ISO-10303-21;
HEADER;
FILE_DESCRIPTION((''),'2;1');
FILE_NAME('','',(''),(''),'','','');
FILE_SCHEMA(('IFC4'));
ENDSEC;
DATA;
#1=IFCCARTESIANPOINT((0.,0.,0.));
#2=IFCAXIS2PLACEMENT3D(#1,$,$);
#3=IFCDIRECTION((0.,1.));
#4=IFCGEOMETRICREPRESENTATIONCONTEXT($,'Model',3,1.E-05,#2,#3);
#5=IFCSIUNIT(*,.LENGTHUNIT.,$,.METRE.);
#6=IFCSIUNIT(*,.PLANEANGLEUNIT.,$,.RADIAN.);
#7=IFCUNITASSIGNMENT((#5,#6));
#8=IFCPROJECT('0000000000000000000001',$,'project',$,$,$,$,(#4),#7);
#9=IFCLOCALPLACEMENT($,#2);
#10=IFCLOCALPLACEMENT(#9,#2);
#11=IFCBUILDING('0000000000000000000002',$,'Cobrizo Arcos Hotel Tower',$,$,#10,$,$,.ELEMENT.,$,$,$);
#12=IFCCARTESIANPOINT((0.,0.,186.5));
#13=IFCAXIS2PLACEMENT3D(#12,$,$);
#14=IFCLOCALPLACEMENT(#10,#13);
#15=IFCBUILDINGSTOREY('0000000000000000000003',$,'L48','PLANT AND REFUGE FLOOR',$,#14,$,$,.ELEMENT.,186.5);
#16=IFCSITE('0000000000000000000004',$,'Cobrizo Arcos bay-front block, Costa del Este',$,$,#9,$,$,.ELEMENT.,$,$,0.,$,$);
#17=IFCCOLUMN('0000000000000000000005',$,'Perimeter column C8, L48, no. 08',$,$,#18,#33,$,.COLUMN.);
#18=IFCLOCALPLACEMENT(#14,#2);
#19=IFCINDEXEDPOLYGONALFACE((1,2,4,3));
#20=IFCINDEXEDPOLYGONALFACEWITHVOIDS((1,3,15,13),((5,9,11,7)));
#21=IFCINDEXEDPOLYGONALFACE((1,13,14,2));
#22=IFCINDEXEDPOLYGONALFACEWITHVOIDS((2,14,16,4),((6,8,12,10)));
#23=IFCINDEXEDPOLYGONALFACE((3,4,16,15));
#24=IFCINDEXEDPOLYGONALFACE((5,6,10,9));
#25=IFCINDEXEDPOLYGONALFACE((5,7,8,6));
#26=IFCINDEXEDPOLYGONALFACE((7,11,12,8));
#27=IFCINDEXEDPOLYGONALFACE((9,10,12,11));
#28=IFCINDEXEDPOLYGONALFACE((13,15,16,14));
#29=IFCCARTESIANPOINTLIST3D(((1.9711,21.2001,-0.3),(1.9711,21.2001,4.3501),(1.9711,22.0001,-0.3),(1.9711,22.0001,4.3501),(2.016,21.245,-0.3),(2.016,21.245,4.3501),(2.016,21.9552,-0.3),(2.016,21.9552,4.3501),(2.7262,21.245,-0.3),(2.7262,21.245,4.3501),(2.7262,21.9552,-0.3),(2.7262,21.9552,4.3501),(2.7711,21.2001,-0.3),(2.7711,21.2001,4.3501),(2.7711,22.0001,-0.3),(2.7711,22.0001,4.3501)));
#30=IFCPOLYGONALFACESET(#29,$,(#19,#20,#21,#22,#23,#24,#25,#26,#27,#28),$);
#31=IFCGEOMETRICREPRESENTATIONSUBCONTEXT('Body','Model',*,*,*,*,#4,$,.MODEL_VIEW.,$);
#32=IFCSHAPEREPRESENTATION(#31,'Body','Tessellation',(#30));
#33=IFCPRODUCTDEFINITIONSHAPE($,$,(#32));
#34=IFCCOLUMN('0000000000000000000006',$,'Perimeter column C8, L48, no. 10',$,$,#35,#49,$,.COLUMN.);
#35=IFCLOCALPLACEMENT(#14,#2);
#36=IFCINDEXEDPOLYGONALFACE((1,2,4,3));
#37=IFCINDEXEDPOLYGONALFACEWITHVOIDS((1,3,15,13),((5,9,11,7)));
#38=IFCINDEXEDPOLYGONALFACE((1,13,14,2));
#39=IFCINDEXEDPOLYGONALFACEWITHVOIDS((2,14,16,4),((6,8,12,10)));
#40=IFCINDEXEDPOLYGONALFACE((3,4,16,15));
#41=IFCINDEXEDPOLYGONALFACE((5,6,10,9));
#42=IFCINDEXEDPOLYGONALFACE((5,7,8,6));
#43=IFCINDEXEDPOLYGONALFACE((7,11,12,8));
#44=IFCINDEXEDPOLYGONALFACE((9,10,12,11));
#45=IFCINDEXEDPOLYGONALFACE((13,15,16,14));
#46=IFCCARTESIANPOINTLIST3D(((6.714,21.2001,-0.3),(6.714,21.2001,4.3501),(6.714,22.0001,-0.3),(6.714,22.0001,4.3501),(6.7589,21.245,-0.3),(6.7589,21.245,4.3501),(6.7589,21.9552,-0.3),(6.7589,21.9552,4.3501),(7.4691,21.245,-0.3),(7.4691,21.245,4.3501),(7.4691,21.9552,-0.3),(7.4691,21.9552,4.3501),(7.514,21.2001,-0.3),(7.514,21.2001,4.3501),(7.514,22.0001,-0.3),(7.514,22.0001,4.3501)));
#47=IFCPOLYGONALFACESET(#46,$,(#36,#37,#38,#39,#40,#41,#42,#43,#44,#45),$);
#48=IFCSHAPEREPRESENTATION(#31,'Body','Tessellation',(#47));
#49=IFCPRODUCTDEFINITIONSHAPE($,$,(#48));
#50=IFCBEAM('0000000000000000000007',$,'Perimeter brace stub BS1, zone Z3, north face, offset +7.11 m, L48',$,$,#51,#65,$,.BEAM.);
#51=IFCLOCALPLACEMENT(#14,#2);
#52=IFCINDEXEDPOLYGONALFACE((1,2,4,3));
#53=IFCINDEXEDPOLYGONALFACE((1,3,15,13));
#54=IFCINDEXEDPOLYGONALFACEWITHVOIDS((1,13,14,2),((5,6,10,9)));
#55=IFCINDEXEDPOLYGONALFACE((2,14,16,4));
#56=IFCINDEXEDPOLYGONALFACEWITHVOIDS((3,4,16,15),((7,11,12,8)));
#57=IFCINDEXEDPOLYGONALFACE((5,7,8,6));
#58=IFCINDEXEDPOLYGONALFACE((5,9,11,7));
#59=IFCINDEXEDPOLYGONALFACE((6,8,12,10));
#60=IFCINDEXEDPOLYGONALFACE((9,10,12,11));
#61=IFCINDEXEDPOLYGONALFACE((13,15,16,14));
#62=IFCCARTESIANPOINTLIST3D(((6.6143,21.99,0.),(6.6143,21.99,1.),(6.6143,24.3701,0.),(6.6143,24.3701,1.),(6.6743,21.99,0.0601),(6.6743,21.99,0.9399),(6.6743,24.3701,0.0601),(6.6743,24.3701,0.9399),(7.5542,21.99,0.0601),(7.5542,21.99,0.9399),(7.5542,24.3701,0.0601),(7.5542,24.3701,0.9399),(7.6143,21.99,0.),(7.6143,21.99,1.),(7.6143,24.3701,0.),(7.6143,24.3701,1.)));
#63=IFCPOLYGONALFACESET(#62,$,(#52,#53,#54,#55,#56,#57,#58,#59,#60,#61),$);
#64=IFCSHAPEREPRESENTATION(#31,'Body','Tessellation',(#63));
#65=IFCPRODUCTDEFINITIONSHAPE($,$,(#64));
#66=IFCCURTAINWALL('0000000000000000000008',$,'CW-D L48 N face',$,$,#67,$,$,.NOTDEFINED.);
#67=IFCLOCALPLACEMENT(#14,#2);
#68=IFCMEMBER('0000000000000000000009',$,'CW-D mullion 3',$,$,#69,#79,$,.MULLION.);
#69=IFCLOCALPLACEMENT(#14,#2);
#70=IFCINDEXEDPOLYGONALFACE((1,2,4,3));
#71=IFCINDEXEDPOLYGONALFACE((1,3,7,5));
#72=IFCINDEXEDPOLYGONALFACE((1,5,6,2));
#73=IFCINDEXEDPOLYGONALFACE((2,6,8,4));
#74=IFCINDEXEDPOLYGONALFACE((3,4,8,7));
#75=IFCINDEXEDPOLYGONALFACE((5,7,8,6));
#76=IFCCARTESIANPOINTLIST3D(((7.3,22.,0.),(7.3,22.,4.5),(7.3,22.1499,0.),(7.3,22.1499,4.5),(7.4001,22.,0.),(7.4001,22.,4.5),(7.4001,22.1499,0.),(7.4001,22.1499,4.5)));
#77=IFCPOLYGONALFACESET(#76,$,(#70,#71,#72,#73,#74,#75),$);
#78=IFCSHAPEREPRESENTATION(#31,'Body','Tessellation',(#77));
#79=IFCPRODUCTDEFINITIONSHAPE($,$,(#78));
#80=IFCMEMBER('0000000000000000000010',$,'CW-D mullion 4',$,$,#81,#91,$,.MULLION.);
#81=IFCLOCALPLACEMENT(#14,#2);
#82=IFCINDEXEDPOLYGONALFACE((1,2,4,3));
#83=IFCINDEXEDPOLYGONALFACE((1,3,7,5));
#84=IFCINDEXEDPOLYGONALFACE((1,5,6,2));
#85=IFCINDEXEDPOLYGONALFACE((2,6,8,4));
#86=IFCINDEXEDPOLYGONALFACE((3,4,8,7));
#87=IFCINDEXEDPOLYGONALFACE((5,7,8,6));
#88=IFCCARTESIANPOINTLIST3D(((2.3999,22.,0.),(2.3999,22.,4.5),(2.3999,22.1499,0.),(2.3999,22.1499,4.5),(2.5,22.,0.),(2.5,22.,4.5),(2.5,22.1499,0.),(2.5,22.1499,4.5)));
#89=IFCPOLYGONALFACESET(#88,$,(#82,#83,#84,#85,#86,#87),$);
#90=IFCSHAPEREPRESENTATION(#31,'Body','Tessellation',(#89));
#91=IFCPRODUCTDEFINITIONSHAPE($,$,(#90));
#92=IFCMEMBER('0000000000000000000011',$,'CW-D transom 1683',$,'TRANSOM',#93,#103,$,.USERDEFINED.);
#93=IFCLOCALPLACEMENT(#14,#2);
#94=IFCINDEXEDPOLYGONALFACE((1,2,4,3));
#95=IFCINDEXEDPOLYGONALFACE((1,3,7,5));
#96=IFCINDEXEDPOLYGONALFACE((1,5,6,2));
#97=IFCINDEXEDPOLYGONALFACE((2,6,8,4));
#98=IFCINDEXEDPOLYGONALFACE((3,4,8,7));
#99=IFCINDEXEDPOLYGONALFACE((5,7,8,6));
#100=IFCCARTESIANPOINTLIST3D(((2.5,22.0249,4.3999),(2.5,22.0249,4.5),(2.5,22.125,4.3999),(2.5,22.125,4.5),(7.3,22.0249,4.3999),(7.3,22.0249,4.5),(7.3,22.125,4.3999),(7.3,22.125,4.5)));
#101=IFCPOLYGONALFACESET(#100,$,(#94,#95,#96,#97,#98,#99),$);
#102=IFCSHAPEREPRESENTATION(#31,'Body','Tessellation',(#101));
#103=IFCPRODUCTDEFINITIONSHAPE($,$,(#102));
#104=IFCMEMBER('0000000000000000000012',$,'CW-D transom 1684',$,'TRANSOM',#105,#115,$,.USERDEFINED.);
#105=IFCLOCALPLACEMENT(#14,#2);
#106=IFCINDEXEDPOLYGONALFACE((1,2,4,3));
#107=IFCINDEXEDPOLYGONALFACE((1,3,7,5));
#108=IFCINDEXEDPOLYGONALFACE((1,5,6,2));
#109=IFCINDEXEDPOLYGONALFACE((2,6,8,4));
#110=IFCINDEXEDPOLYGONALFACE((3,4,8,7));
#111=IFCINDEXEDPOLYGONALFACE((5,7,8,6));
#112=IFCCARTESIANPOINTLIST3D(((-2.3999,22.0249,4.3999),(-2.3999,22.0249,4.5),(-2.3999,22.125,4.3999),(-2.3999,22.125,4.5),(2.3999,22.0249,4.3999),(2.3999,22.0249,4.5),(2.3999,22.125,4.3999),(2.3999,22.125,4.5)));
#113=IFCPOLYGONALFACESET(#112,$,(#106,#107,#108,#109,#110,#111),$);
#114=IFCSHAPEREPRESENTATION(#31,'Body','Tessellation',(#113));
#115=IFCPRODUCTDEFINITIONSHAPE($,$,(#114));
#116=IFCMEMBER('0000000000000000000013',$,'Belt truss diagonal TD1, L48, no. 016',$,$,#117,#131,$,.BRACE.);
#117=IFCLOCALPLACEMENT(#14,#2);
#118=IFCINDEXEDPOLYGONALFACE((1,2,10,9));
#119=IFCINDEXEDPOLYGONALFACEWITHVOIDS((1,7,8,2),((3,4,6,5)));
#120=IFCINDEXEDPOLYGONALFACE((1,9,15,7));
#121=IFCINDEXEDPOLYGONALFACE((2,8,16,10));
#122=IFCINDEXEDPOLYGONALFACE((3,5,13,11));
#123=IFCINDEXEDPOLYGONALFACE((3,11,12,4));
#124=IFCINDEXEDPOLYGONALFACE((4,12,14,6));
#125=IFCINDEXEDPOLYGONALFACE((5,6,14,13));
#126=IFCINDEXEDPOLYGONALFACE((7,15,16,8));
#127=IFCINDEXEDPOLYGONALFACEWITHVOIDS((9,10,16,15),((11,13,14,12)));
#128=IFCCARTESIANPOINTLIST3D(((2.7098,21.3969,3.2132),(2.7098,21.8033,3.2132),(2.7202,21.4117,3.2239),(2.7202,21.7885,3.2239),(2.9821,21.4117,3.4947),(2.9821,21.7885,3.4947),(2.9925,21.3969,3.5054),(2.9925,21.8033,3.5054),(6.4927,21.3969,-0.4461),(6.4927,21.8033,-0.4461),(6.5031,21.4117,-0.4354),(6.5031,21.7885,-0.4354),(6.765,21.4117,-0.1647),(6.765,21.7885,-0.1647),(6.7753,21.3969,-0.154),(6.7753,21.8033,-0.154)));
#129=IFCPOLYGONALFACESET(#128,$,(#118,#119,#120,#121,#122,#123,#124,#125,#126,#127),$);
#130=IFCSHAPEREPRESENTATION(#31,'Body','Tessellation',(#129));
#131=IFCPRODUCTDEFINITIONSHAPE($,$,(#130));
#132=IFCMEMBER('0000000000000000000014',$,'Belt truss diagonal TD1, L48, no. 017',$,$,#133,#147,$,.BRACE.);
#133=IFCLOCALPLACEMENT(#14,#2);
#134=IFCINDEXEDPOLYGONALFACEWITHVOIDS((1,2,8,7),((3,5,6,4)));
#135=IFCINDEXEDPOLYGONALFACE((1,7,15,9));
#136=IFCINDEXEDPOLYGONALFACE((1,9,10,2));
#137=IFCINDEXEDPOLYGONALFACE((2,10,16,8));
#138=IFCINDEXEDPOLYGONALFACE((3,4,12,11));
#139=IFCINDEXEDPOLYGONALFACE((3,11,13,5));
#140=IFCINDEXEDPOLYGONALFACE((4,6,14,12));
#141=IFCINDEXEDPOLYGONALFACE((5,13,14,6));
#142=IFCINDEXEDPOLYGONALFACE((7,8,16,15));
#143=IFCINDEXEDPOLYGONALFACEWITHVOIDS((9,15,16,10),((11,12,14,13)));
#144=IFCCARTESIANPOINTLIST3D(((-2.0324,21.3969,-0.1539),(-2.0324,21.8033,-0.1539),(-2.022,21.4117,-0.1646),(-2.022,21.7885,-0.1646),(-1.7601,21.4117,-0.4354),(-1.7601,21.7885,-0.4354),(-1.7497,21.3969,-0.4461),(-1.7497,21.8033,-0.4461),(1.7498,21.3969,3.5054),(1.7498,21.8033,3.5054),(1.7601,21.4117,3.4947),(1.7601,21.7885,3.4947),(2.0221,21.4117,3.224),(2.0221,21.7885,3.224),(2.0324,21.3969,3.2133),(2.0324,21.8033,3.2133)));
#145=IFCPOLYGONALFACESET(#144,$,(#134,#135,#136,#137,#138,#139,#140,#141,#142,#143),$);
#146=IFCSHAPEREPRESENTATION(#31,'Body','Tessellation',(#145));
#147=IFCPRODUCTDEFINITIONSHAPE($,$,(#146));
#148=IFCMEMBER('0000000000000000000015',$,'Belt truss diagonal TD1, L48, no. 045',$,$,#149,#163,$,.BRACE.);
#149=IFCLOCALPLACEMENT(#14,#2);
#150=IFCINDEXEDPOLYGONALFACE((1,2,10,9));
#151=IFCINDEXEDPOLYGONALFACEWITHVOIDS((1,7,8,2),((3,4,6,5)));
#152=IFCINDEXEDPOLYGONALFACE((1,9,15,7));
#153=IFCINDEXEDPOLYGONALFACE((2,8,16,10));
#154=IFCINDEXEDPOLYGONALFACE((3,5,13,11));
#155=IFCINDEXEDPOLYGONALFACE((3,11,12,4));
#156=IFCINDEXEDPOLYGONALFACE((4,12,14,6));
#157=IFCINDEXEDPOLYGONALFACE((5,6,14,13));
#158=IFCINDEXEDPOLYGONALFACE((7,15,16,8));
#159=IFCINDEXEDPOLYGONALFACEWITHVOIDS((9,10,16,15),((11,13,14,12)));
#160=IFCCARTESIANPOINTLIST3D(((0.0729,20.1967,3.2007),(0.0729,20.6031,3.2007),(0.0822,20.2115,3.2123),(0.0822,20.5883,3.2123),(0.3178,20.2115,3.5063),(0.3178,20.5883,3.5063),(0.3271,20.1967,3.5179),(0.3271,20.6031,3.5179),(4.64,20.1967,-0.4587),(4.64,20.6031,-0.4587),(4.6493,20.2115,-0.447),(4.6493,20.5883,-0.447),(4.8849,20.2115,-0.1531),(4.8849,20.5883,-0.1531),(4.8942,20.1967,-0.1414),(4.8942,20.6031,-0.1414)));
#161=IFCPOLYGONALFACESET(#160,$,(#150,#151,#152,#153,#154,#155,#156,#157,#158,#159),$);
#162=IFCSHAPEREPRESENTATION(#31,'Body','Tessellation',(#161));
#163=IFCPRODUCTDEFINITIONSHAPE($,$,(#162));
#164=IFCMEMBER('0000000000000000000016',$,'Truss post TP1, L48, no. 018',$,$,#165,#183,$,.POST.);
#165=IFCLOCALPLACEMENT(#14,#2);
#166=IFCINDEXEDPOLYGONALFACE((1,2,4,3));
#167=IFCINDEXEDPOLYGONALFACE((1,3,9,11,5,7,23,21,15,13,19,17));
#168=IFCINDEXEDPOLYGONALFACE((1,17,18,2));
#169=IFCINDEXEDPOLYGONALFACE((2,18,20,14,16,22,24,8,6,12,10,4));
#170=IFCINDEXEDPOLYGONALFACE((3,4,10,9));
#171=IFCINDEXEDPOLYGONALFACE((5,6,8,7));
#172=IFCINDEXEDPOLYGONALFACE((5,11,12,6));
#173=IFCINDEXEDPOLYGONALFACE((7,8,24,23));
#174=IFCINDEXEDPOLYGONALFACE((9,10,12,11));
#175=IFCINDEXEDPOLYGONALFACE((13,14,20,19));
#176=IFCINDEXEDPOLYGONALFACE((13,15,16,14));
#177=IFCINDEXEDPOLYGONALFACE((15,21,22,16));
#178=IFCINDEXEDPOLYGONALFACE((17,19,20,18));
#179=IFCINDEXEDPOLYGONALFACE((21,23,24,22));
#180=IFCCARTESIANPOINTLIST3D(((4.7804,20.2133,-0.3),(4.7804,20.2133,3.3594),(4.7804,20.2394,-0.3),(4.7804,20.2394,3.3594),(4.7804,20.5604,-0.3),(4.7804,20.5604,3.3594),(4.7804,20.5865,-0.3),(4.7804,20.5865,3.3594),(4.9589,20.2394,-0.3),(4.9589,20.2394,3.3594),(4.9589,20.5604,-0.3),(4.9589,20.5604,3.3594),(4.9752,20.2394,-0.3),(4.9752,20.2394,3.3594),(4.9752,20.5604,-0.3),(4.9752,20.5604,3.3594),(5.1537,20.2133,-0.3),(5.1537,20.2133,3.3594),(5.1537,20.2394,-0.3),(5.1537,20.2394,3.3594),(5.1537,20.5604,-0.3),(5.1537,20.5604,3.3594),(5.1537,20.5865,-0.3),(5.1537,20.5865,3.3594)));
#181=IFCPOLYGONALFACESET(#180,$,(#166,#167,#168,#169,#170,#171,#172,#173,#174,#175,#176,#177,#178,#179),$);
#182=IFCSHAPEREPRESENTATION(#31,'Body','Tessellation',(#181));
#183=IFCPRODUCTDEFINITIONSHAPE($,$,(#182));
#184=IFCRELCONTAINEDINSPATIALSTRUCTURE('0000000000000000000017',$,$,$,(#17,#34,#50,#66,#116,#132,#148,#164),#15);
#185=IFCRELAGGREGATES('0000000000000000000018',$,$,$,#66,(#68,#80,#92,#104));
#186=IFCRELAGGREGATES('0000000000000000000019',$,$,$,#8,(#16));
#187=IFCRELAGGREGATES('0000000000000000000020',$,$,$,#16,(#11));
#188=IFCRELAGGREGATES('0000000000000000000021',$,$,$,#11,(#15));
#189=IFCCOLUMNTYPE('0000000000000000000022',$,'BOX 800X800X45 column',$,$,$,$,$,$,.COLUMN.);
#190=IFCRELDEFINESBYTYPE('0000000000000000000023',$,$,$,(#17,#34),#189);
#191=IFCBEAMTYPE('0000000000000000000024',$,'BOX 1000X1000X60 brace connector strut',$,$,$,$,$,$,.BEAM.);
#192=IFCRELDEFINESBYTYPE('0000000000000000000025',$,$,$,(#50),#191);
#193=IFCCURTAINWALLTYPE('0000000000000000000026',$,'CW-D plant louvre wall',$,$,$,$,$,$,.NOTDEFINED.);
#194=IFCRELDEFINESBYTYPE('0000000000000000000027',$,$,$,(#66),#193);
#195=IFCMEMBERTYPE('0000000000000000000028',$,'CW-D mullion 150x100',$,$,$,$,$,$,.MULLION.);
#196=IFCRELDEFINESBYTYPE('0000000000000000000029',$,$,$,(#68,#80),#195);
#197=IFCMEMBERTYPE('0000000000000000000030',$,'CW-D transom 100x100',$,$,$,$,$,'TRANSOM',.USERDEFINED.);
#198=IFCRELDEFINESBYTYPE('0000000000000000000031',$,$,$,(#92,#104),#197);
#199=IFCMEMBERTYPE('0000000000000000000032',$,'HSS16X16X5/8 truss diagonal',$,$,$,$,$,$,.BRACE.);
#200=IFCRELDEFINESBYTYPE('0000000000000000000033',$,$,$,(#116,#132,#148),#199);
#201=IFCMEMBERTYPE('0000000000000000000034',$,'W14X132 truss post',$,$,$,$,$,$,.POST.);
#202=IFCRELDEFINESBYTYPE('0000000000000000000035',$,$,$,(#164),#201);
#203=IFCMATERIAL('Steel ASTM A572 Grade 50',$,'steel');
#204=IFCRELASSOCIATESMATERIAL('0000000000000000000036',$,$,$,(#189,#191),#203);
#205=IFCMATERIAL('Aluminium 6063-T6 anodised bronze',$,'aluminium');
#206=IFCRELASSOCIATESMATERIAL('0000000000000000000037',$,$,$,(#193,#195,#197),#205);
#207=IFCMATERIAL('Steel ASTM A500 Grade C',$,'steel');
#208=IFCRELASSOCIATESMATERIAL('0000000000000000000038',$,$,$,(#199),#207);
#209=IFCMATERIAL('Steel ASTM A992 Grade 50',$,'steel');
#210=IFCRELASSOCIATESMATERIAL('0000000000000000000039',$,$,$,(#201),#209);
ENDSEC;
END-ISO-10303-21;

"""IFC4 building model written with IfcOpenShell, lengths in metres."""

from ifc_helpers import new_model, si_unit, direction, frame, origin, origin_2d, place, context, subcontext, project, spatial, rectangle, hollow_rectangle, i_section, extrude, material, material_profile, profile_set, type_object, element, aggregate, save


model = new_model("IFC4")

# Units and contexts
model_context = context("Model", 3, precision=1e-05, world=origin(), true_north=direction((0.0, 1.0)))
body_context = subcontext(model_context, "Body", "Model", "MODEL_VIEW")
ifc_project = project(units=[si_unit("LENGTHUNIT", "METRE"), si_unit("PLANEANGLEUNIT", "RADIAN")], contexts=[model_context])

# Site, building, storey
site_placement = place(None, origin())
site = spatial("IfcSite", under=ifc_project, at=site_placement, Name="Cobrizo Arcos bay-front block, Costa del Este", CompositionType="ELEMENT", RefElevation=0.0)
building_placement = place(site_placement, origin())
building = spatial("IfcBuilding", under=site, at=building_placement, Name="Cobrizo Arcos Hotel Tower", CompositionType="ELEMENT")
storey_placement = place(building_placement, frame((0.0, 0.0, 186.5)))
storey = spatial("IfcBuildingStorey", under=building, at=storey_placement, Name="L48", Description="PLANT AND REFUGE FLOOR", CompositionType="ELEMENT", Elevation=186.5)

# Columns
ifc_material_1 = material(Name="Steel ASTM A572 Grade 50", Category="steel")
ifc_material_profile_1 = material_profile(ifc_material_1, hollow_rectangle(XDim=0.8, YDim=0.8, WallThickness=0.0449, at=origin_2d()), Name="BOX 800X800X45")
ifc_profile_set_1 = profile_set([ifc_material_profile_1], Name="Steel ASTM A572 Grade 50")
column_type = type_object("IfcColumnType", Name="BOX 800X800X45 column", PredefinedType="COLUMN", material=ifc_profile_set_1)
for number, where, z_axis, x_axis, name in (
    (1, (2.3711, 21.6001, -0.3), (0.0, 0.0, 1.0), (1.0, 0.0, 0.0), "Perimeter column C8, L48, no. 08"),
    (2, (7.114, 21.6001, -0.3), (0.0, 0.0, 1.0), (1.0, 0.0, 0.0), "Perimeter column C8, L48, no. 10"),
):
    element("IfcColumn", number, at=place(storey_placement, frame(where, z_axis=z_axis, x_axis=x_axis)), inside=storey, type_object=column_type, Name=name, PredefinedType="COLUMN", context=body_context, shape_type="SweptSolid", body=[
        extrude(hollow_rectangle(XDim=0.8, YDim=0.8, WallThickness=0.0449, at=origin_2d()), origin(), (0.0, 0.0, 1.0), 4.6501),
    ])

# Beam
ifc_material_profile_2 = material_profile(ifc_material_1, hollow_rectangle(XDim=1.0, YDim=1.0, WallThickness=0.0601, at=origin_2d()), Name="BOX 1000X1000X60")
ifc_profile_set_2 = profile_set([ifc_material_profile_2], Name="Steel ASTM A572 Grade 50")
beam_type = type_object("IfcBeamType", Name="BOX 1000X1000X60 brace connector strut", PredefinedType="BEAM", material=ifc_profile_set_2)
beam_placement = place(storey_placement, frame((7.1143, 21.99, 0.5), z_axis=(0.0, 1.0, 0.0), x_axis=(-1.0, 0.0, 0.0)))
element("IfcBeam", 3, at=beam_placement, inside=storey, type_object=beam_type, Name="Perimeter brace stub BS1, zone Z3, north face, offset +7.11 m, L48", PredefinedType="BEAM", context=body_context, shape_type="SweptSolid", body=[
    extrude(hollow_rectangle(XDim=1.0, YDim=1.0, WallThickness=0.0601, at=origin_2d()), origin(), (0.0, 0.0, 1.0), 2.3801),
])

# Curtain wall, members
ifc_material_2 = material(Name="Aluminium 6063-T6 anodised bronze", Category="aluminium")
curtain_wall_type = type_object("IfcCurtainWallType", Name="CW-D plant louvre wall", PredefinedType="NOTDEFINED", material=ifc_material_2)
curtain_wall_placement = place(storey_placement, origin())
curtain_wall = element("IfcCurtainWall", 4, at=curtain_wall_placement, inside=storey, type_object=curtain_wall_type, Name="CW-D L48 N face", PredefinedType="NOTDEFINED")
ifc_material_profile_3 = material_profile(ifc_material_2, rectangle(XDim=0.1499, YDim=0.1001, at=origin_2d()), Name="CW-D mullion 150x100")
ifc_profile_set_3 = profile_set([ifc_material_profile_3], Name="Aluminium 6063-T6 anodised bronze")
member_type_1 = type_object("IfcMemberType", Name="CW-D mullion 150x100", PredefinedType="MULLION", material=ifc_profile_set_3)
member_1_placement = place(storey_placement, frame((7.3501, 22.075, 0.0), z_axis=(0.0, 0.0, 1.0), x_axis=(0.0, 1.0, 0.0)))
member_1 = element("IfcMember", 5, at=member_1_placement, type_object=member_type_1, Name="CW-D mullion 3", PredefinedType="MULLION", context=body_context, shape_type="SweptSolid", body=[
    extrude(rectangle(XDim=0.1499, YDim=0.1001, at=origin_2d()), origin(), (0.0, 0.0, 1.0), 4.5),
])
member_2_placement = place(storey_placement, frame((2.45, 22.075, 0.0), z_axis=(0.0, 0.0, 1.0), x_axis=(0.0, 1.0, 0.0)))
member_2 = element("IfcMember", 6, at=member_2_placement, type_object=member_type_1, Name="CW-D mullion 4", PredefinedType="MULLION", context=body_context, shape_type="SweptSolid", body=[
    extrude(rectangle(XDim=0.1499, YDim=0.1001, at=origin_2d()), origin(), (0.0, 0.0, 1.0), 4.5),
])
ifc_material_profile_4 = material_profile(ifc_material_2, rectangle(XDim=0.1001, YDim=0.1001, at=origin_2d()), Name="CW-D transom 100x100")
ifc_profile_set_4 = profile_set([ifc_material_profile_4], Name="Aluminium 6063-T6 anodised bronze")
member_type_2 = type_object("IfcMemberType", Name="CW-D transom 100x100", ElementType="TRANSOM", PredefinedType="USERDEFINED", material=ifc_profile_set_4)
member_3_placement = place(storey_placement, frame((7.3, 22.075, 4.45), z_axis=(-1.0, 0.0, 0.0), x_axis=(0.0, -1.0, 0.0)))
member_3 = element("IfcMember", 7, at=member_3_placement, type_object=member_type_2, Name="CW-D transom 1683", ObjectType="TRANSOM", PredefinedType="USERDEFINED", context=body_context, shape_type="SweptSolid", body=[
    extrude(rectangle(XDim=0.1001, YDim=0.1001, at=origin_2d()), origin(), (0.0, 0.0, 1.0), 4.8),
])
member_4_placement = place(storey_placement, frame((2.3999, 22.075, 4.45), z_axis=(-1.0, 0.0, 0.0), x_axis=(0.0, -1.0, 0.0)))
member_4 = element("IfcMember", 8, at=member_4_placement, type_object=member_type_2, Name="CW-D transom 1684", ObjectType="TRANSOM", PredefinedType="USERDEFINED", context=body_context, shape_type="SweptSolid", body=[
    extrude(rectangle(XDim=0.1001, YDim=0.1001, at=origin_2d()), origin(), (0.0, 0.0, 1.0), 4.7998),
])

# Members
ifc_material_3 = material(Name="Steel ASTM A500 Grade C", Category="steel")
ifc_material_profile_5 = material_profile(ifc_material_3, hollow_rectangle(XDim=0.4065, YDim=0.4065, WallThickness=0.0149, at=origin_2d()), Name="HSS16X16X5/8")
ifc_profile_set_5 = profile_set([ifc_material_profile_5], Name="Steel ASTM A500 Grade C")
member_type_3 = type_object("IfcMemberType", Name="HSS16X16X5/8 truss diagonal", PredefinedType="BRACE", material=ifc_profile_set_5)
member_5_placement = place(storey_placement, frame((6.634, 21.6001, -0.3), z_axis=(-0.718745, 0.0, 0.695274), x_axis=(0.0, -1.0, 0.0)))
element("IfcMember", 9, at=member_5_placement, inside=storey, type_object=member_type_3, Name="Belt truss diagonal TD1, L48, no. 016", PredefinedType="BRACE", context=body_context, shape_type="SweptSolid", body=[
    extrude(hollow_rectangle(XDim=0.4065, YDim=0.4065, WallThickness=0.0149, at=origin_2d()), origin(), (0.0, 0.0, 1.0), 5.2632),
])
member_6_placement = place(storey_placement, frame((1.8911, 21.6001, 3.3594), z_axis=(-0.718678, 0.0, -0.695343), x_axis=(0.0, -1.0, 0.0)))
element("IfcMember", 10, at=member_6_placement, inside=storey, type_object=member_type_3, Name="Belt truss diagonal TD1, L48, no. 017", PredefinedType="BRACE", context=body_context, shape_type="SweptSolid", body=[
    extrude(hollow_rectangle(XDim=0.4065, YDim=0.4065, WallThickness=0.0149, at=origin_2d()), origin(), (0.0, 0.0, 1.0), 5.2627),
])
member_7_placement = place(storey_placement, frame((4.7671, 20.3999, -0.3), z_axis=(-0.780392, 0.0, 0.62529), x_axis=(0.0, -1.0, 0.0)))
element("IfcMember", 11, at=member_7_placement, inside=storey, type_object=member_type_3, Name="Belt truss diagonal TD1, L48, no. 045", PredefinedType="BRACE", context=body_context, shape_type="SweptSolid", body=[
    extrude(hollow_rectangle(XDim=0.4065, YDim=0.4065, WallThickness=0.0149, at=origin_2d()), origin(), (0.0, 0.0, 1.0), 5.8523),
])
ifc_material_4 = material(Name="Steel ASTM A992 Grade 50", Category="steel")
ifc_material_profile_6 = material_profile(ifc_material_4, i_section(OverallWidth=0.3733, OverallDepth=0.3733, WebThickness=0.0164, FlangeThickness=0.0261, at=origin_2d()), Name="W14X132")
ifc_profile_set_6 = profile_set([ifc_material_profile_6], Name="Steel ASTM A992 Grade 50")
member_type_4 = type_object("IfcMemberType", Name="W14X132 truss post", PredefinedType="POST", material=ifc_profile_set_6)
member_8_placement = place(storey_placement, frame((4.967, 20.3999, -0.3), z_axis=(0.0, 0.0, 1.0), x_axis=(1.0, 0.0, 0.0)))
element("IfcMember", 12, at=member_8_placement, inside=storey, type_object=member_type_4, Name="Truss post TP1, L48, no. 018", PredefinedType="POST", context=body_context, shape_type="SweptSolid", body=[
    extrude(i_section(OverallWidth=0.3733, OverallDepth=0.3733, WebThickness=0.0164, FlangeThickness=0.0261, at=origin_2d()), origin(), (0.0, 0.0, 1.0), 3.6594),
])

aggregate(curtain_wall, [member_1, member_2, member_3, member_4])

save(model, "model.ifc")
